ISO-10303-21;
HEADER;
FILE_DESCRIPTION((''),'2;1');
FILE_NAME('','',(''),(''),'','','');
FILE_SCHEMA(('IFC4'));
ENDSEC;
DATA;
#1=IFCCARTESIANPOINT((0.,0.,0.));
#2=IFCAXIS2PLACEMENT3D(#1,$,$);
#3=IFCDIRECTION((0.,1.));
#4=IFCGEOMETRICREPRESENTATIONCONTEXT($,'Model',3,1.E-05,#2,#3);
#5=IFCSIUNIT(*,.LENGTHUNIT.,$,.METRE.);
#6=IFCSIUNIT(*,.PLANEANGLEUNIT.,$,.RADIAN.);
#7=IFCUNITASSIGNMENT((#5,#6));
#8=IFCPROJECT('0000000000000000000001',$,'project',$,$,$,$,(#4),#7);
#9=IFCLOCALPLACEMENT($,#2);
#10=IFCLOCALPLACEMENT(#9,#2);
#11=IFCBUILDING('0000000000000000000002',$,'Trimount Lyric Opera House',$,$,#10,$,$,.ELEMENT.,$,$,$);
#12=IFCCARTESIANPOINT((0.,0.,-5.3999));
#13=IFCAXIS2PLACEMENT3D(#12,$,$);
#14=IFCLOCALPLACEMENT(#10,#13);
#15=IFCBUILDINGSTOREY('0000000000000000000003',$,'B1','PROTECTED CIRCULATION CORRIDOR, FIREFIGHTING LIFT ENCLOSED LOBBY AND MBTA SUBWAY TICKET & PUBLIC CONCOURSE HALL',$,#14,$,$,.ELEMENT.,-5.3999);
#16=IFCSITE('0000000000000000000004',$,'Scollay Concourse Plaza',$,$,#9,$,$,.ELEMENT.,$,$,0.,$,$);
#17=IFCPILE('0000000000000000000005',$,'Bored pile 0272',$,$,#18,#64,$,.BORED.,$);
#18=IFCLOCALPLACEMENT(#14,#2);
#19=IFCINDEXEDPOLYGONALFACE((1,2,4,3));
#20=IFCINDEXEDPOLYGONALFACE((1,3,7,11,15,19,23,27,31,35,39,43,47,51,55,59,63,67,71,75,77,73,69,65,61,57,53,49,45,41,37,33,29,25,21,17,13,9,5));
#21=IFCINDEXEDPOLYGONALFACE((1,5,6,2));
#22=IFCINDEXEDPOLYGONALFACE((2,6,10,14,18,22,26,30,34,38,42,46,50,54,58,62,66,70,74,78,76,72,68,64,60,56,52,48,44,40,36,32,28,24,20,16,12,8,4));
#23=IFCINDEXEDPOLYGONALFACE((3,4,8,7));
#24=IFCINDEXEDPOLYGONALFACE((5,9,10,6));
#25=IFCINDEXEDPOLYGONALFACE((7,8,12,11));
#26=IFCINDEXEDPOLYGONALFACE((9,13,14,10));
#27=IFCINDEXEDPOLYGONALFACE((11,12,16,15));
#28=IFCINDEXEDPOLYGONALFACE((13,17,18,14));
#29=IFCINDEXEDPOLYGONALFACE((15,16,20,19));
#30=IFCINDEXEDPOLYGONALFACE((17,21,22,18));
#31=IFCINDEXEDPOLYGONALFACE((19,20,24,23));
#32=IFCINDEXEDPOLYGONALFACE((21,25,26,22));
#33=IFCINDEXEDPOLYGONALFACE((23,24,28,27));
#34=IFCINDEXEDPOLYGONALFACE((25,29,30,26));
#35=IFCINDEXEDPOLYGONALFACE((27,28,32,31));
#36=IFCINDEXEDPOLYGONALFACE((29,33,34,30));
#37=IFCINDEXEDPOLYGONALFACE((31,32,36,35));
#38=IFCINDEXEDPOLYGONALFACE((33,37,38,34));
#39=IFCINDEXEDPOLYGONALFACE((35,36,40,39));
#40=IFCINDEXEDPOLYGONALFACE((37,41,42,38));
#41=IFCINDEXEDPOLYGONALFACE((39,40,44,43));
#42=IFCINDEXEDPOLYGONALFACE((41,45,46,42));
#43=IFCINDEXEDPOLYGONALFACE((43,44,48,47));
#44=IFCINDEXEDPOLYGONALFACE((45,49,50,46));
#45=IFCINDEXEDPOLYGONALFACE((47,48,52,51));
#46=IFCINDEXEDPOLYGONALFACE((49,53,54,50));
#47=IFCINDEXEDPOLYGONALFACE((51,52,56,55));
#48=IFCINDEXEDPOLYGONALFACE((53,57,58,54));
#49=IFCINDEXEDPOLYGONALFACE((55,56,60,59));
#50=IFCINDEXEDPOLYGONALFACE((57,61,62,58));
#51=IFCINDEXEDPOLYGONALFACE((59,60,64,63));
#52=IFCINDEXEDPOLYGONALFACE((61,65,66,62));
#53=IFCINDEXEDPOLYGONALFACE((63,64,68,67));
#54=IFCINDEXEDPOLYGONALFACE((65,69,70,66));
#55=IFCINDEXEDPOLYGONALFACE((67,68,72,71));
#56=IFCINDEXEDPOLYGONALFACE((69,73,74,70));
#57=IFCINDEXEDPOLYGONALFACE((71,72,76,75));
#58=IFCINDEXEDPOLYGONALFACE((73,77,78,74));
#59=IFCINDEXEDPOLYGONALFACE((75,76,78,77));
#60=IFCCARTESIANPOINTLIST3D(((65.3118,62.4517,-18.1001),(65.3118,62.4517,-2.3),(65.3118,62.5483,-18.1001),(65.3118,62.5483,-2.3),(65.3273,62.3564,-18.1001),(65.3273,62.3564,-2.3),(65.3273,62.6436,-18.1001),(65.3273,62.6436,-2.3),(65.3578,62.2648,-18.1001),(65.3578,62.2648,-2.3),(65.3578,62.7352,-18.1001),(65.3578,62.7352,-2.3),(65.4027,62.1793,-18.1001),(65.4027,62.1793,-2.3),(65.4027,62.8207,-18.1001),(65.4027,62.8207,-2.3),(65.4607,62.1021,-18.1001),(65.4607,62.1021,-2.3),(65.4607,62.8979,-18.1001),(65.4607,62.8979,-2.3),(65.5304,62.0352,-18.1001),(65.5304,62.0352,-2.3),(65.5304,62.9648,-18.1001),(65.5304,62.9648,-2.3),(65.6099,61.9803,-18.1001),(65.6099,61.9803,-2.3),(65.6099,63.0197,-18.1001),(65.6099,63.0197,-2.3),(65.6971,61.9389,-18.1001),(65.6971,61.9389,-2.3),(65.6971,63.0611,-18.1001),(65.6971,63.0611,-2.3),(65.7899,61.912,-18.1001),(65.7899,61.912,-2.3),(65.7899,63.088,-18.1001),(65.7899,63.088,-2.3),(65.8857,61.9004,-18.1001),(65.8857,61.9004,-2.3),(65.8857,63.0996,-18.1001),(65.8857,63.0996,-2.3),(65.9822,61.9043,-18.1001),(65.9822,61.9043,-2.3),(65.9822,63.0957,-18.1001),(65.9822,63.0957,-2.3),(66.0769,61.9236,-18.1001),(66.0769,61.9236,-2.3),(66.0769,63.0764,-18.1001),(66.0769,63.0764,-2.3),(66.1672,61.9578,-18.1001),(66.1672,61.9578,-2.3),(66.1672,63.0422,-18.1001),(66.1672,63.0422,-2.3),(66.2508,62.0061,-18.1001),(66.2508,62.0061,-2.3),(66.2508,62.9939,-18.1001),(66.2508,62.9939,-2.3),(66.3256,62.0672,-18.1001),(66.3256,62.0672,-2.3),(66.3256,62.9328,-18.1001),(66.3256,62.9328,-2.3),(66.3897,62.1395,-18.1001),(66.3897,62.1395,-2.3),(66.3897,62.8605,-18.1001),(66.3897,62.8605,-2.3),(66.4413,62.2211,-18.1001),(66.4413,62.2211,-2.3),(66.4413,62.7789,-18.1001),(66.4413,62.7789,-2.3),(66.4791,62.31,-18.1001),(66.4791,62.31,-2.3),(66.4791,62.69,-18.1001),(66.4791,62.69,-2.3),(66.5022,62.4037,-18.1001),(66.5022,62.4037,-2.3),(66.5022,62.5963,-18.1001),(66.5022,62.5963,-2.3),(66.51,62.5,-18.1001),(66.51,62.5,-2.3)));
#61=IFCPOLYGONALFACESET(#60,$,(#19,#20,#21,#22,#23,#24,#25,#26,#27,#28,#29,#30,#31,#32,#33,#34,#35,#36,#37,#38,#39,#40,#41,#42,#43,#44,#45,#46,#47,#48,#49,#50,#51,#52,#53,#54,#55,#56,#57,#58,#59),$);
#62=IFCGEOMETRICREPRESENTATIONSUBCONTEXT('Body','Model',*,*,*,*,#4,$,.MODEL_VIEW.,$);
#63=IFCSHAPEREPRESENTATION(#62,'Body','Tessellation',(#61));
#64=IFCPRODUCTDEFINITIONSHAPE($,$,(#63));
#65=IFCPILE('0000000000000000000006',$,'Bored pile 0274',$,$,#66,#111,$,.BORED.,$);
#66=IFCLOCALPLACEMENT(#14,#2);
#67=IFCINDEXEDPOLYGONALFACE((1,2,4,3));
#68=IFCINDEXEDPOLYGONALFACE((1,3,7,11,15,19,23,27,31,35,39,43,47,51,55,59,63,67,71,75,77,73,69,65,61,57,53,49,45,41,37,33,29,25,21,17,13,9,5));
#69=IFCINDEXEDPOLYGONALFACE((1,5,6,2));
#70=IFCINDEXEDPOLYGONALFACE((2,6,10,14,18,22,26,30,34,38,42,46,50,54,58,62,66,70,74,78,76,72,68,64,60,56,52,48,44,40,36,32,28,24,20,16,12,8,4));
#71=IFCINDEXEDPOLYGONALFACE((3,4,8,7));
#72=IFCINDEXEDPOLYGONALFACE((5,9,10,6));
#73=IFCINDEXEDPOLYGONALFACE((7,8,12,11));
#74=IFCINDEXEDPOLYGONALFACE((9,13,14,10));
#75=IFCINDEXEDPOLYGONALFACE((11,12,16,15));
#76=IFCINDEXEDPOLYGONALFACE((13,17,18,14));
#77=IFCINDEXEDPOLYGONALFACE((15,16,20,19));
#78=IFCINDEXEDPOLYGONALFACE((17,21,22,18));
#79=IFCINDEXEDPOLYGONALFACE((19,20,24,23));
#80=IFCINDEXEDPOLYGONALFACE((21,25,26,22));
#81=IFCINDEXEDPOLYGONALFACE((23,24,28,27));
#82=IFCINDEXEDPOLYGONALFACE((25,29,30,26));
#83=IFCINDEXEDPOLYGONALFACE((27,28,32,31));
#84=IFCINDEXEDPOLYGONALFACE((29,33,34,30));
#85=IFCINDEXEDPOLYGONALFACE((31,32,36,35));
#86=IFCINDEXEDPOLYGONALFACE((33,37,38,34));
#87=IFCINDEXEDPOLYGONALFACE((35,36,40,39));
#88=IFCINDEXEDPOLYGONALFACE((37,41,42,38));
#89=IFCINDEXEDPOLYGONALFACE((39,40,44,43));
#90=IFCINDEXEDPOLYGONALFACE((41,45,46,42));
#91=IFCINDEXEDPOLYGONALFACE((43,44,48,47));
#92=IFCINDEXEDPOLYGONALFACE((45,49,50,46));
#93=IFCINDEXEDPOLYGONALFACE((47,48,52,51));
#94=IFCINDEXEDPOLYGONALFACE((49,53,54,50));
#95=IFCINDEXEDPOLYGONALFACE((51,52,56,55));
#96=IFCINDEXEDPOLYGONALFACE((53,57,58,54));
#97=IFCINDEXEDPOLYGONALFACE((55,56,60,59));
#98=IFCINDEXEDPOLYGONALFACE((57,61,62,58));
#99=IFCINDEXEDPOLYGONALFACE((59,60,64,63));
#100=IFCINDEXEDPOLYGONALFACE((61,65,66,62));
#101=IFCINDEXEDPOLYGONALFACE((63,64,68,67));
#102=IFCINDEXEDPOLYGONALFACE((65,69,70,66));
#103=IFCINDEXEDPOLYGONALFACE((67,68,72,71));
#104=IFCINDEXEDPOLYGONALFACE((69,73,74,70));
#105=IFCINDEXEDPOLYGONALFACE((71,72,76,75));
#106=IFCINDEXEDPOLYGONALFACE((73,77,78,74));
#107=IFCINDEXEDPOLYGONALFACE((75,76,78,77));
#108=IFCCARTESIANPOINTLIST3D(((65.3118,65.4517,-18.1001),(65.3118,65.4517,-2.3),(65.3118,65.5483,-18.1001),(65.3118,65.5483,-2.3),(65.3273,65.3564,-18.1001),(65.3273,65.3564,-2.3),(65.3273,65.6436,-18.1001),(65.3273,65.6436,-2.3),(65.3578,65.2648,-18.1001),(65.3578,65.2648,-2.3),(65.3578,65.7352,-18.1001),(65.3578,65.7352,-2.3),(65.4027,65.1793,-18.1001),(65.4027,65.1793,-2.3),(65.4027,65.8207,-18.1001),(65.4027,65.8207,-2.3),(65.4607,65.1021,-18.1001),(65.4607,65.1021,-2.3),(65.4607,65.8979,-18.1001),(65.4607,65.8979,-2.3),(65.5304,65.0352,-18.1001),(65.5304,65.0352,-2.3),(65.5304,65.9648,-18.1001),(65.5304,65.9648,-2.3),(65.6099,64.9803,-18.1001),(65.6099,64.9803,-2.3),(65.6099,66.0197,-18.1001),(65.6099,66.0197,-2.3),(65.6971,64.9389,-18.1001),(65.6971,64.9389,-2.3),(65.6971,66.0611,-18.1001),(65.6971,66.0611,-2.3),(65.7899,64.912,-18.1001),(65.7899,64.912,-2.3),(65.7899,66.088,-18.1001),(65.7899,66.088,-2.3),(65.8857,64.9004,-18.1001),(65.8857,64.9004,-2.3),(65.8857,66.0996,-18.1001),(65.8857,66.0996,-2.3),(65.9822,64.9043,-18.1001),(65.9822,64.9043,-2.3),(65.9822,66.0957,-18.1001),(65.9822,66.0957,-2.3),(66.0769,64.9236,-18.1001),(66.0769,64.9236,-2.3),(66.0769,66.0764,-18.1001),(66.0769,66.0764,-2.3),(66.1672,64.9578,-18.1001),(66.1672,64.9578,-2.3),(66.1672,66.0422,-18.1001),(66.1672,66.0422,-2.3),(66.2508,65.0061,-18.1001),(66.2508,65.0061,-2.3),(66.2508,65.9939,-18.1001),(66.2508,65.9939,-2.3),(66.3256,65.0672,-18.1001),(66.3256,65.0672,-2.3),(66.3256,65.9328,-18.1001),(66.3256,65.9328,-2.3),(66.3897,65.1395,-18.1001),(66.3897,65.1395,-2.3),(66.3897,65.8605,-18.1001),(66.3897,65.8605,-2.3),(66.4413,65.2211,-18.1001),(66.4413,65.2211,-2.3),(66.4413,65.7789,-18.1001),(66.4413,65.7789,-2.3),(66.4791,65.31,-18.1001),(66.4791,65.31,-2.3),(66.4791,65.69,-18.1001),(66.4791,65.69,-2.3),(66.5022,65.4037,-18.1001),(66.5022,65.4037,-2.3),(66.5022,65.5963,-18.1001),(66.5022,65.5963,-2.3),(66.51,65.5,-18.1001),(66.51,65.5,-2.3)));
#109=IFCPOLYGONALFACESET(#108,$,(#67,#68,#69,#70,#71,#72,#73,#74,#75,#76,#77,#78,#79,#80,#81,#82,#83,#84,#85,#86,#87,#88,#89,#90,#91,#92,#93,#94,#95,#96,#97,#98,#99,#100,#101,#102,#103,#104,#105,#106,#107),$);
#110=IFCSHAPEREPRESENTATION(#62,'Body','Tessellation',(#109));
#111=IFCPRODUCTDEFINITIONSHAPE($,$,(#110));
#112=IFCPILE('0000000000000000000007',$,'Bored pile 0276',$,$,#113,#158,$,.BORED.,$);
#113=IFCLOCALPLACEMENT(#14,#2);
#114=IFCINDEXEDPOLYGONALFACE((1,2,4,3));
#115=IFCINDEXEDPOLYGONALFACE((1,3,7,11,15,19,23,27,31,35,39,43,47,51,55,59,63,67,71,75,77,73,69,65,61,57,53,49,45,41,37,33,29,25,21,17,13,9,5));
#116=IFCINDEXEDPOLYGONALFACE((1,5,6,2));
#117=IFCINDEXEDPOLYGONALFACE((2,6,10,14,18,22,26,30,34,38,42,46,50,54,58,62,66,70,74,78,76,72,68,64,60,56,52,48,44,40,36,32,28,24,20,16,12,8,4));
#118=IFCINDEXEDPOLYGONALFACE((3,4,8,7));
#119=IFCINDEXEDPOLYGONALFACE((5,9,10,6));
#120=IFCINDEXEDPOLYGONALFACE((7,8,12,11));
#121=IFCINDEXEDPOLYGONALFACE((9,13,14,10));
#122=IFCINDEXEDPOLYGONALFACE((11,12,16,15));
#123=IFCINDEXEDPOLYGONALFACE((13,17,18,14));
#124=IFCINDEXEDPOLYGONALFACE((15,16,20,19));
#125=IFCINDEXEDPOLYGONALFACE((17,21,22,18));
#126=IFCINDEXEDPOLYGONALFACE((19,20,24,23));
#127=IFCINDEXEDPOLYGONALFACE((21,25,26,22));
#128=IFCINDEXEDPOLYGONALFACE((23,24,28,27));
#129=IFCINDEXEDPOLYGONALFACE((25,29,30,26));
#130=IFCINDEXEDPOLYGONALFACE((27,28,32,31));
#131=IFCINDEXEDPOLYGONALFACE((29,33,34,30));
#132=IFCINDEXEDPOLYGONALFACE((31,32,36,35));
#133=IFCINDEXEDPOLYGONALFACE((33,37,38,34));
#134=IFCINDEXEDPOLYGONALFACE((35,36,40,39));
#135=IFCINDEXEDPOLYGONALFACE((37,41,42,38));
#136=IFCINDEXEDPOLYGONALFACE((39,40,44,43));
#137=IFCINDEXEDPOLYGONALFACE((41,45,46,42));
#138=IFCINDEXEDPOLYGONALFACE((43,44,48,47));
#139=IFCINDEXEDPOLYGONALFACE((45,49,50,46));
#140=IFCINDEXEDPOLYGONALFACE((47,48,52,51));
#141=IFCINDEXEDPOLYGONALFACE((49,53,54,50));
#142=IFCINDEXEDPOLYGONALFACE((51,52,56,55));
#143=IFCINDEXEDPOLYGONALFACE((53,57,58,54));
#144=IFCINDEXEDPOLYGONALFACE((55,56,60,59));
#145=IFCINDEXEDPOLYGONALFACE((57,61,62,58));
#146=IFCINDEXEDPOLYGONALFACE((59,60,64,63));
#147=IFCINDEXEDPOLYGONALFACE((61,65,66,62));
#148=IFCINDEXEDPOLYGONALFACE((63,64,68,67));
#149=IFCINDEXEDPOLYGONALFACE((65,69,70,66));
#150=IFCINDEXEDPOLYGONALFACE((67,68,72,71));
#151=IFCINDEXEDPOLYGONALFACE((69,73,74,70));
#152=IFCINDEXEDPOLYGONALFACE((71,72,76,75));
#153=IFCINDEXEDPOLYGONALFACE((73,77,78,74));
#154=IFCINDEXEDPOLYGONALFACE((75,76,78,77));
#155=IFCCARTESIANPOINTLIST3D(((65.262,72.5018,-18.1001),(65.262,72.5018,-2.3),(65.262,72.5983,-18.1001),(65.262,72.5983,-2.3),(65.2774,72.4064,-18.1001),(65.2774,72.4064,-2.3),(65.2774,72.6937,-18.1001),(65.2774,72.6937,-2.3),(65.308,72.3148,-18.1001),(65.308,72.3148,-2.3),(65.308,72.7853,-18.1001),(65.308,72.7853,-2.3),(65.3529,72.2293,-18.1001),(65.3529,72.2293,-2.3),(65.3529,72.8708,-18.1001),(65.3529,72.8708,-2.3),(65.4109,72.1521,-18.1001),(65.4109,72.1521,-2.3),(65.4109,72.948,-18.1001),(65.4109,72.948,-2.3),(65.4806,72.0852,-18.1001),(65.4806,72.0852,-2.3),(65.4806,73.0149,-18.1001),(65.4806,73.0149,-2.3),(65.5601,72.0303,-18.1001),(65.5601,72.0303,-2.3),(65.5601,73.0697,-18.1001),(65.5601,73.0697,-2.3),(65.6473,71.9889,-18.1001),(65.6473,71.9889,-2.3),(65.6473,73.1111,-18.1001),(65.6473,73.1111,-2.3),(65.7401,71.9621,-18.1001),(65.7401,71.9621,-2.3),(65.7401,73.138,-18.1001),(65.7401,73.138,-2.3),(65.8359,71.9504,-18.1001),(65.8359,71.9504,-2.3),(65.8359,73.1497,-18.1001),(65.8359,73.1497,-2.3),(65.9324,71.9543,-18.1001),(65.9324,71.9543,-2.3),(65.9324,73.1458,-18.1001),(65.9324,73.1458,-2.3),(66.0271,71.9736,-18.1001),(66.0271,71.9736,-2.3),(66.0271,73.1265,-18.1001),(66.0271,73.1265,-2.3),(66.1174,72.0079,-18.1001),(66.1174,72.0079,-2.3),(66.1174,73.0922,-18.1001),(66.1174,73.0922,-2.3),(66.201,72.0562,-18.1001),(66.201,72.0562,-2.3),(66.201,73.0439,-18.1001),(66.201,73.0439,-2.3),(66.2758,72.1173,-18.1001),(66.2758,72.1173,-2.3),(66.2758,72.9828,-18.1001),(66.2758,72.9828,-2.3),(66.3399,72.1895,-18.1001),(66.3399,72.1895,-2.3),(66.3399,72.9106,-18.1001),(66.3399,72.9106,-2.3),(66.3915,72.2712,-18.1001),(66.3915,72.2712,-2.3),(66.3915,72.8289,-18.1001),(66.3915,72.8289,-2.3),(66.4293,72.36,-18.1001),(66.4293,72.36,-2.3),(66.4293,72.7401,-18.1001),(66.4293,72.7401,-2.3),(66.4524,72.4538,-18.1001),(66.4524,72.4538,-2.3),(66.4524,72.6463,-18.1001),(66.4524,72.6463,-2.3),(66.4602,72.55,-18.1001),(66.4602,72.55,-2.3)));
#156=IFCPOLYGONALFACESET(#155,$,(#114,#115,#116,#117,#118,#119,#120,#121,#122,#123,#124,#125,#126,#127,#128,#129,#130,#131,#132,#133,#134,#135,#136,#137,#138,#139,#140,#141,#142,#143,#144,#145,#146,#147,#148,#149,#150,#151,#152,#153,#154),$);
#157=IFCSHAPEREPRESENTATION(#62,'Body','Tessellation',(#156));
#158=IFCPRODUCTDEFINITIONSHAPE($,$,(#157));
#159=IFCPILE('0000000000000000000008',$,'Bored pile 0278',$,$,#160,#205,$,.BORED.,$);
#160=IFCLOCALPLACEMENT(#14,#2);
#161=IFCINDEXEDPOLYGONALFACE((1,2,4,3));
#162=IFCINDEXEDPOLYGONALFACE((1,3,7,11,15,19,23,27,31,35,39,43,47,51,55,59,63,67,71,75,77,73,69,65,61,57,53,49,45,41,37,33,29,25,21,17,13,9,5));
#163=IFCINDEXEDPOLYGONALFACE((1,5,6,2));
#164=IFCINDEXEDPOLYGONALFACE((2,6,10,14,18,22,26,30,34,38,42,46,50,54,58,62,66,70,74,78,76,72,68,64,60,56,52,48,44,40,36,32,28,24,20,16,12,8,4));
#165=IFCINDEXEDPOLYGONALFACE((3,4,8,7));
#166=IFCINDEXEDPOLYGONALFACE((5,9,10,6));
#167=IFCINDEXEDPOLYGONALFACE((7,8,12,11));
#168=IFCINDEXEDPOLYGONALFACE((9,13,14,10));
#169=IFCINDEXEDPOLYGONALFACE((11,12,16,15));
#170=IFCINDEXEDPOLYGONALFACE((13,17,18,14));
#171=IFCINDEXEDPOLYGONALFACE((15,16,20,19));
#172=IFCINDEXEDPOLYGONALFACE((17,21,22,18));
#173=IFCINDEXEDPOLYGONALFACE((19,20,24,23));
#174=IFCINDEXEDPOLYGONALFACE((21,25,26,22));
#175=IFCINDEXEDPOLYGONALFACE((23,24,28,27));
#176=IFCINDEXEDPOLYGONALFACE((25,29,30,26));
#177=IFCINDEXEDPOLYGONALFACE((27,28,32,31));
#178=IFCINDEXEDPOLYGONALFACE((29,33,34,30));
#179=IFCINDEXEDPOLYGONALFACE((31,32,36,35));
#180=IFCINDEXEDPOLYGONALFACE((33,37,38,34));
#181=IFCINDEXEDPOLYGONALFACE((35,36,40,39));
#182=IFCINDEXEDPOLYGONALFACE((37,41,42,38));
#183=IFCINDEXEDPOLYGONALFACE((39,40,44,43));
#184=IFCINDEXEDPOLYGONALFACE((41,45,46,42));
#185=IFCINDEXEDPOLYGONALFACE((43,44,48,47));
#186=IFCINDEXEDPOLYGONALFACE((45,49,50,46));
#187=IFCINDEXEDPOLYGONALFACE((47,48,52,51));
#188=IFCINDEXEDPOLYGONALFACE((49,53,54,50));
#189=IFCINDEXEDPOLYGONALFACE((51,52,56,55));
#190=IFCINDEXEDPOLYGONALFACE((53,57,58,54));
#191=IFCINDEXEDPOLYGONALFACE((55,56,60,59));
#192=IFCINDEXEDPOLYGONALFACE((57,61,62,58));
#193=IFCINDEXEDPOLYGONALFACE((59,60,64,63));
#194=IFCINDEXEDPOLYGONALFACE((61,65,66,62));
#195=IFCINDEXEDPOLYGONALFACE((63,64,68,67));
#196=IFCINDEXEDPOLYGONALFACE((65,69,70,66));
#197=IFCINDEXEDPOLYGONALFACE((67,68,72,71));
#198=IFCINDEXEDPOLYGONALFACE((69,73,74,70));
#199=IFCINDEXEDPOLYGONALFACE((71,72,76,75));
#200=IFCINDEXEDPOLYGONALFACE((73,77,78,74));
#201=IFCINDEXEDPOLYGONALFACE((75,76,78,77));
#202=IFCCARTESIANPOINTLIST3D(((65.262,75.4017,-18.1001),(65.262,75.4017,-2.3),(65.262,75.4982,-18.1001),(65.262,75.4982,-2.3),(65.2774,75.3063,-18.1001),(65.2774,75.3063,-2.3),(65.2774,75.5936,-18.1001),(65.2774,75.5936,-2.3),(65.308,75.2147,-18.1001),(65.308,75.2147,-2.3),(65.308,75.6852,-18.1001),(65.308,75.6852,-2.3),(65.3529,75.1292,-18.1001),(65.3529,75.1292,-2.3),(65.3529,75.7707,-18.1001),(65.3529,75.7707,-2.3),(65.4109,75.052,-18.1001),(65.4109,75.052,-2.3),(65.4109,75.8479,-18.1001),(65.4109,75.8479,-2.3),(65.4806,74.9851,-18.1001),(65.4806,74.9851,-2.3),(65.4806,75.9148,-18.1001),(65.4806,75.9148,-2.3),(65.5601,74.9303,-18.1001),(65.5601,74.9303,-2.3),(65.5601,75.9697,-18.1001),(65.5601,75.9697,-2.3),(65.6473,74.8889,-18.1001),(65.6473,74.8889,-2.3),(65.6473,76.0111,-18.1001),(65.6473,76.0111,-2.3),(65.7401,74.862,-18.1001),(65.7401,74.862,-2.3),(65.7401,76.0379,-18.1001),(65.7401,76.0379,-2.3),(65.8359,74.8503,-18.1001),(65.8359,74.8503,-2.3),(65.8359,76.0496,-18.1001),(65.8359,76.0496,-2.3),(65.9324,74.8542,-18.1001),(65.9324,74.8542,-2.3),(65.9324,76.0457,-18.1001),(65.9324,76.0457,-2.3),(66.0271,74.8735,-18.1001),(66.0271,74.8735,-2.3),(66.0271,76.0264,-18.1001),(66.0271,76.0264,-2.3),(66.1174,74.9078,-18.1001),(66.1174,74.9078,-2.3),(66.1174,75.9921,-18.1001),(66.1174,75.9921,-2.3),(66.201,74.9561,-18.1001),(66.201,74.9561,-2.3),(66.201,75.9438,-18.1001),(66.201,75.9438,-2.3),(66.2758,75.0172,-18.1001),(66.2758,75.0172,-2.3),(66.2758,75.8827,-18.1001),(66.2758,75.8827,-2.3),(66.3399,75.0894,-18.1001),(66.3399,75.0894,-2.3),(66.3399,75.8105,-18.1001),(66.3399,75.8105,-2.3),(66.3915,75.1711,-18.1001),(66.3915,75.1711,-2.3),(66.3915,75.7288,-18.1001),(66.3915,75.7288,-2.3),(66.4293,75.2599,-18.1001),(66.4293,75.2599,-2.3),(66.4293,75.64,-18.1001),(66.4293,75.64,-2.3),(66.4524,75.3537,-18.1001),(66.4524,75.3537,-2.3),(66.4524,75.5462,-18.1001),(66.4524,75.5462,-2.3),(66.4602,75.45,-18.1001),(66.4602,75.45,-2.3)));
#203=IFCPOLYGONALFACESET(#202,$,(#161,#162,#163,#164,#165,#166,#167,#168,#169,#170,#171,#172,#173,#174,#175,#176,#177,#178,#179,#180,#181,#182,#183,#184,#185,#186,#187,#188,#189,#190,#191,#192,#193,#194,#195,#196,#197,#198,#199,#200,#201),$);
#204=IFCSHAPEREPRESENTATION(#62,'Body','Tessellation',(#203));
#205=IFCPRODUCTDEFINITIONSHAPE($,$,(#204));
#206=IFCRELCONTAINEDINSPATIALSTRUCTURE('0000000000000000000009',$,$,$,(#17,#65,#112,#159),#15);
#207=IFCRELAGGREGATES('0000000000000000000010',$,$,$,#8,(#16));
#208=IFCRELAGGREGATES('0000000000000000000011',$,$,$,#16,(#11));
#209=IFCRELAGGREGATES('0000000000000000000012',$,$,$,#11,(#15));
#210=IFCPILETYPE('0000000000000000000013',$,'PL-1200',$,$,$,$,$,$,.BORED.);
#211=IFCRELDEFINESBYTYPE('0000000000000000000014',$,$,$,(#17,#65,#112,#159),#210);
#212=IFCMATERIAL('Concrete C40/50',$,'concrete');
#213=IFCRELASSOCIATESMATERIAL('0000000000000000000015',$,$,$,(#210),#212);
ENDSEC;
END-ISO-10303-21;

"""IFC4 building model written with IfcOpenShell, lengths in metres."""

from ifc_helpers import new_model, si_unit, direction, frame, origin, origin_2d, place, context, subcontext, project, spatial, circle, extrude, material, material_profile, profile_set, type_object, element, save


model = new_model("IFC4")

# Units and contexts
model_context = context("Model", 3, precision=1e-05, world=origin(), true_north=direction((0.0, 1.0)))
body_context = subcontext(model_context, "Body", "Model", "MODEL_VIEW")
ifc_project = project(units=[si_unit("LENGTHUNIT", "METRE"), si_unit("PLANEANGLEUNIT", "RADIAN")], contexts=[model_context])

# Site, building, storey
site_placement = place(None, origin())
site = spatial("IfcSite", under=ifc_project, at=site_placement, Name="Scollay Concourse Plaza", CompositionType="ELEMENT", RefElevation=0.0)
building_placement = place(site_placement, origin())
building = spatial("IfcBuilding", under=site, at=building_placement, Name="Trimount Lyric Opera House", CompositionType="ELEMENT")
storey_placement = place(building_placement, frame((0.0, 0.0, -5.3999)))
storey = spatial("IfcBuildingStorey", under=building, at=storey_placement, Name="B1", Description="PROTECTED CIRCULATION CORRIDOR, FIREFIGHTING LIFT ENCLOSED LOBBY AND MBTA SUBWAY TICKET & PUBLIC CONCOURSE HALL", CompositionType="ELEMENT", Elevation=-5.3999)

# Piles
ifc_material_1 = material(Name="Concrete C40/50", Category="concrete")
ifc_material_profile_1 = material_profile(ifc_material_1, circle(Radius=0.6001, at=origin_2d()), Name="PILE-D1200")
ifc_profile_set_1 = profile_set([ifc_material_profile_1], Name="Concrete C40/50")
pile_type_1 = type_object("IfcPileType", Name="PL-1200", PredefinedType="BORED", material=ifc_profile_set_1)
for number, where, z_axis, x_axis, name in (
    (1, (65.9099, 62.5, -2.3), (0.0, 0.0, -1.0), (1.0, 0.0, 0.0), "Bored pile 0272"),
    (2, (65.9099, 65.5, -2.3), (0.0, 0.0, -1.0), (1.0, 0.0, 0.0), "Bored pile 0274"),
    (3, (65.8601, 72.55, -2.3), (0.0, 0.0, -1.0), (1.0, 0.0, 0.0), "Bored pile 0276"),
    (4, (65.8601, 75.45, -2.3), (0.0, 0.0, -1.0), (1.0, 0.0, 0.0), "Bored pile 0278"),
):
    element("IfcPile", number, at=place(storey_placement, frame(where, z_axis=z_axis, x_axis=x_axis)), inside=storey, type_object=pile_type_1, Name=name, PredefinedType="BORED", context=body_context, shape_type="SweptSolid", body=[
        extrude(circle(Radius=0.6001, at=origin_2d()), origin(), (0.0, 0.0, 1.0), 15.8),
    ])

save(model, "model.ifc")
